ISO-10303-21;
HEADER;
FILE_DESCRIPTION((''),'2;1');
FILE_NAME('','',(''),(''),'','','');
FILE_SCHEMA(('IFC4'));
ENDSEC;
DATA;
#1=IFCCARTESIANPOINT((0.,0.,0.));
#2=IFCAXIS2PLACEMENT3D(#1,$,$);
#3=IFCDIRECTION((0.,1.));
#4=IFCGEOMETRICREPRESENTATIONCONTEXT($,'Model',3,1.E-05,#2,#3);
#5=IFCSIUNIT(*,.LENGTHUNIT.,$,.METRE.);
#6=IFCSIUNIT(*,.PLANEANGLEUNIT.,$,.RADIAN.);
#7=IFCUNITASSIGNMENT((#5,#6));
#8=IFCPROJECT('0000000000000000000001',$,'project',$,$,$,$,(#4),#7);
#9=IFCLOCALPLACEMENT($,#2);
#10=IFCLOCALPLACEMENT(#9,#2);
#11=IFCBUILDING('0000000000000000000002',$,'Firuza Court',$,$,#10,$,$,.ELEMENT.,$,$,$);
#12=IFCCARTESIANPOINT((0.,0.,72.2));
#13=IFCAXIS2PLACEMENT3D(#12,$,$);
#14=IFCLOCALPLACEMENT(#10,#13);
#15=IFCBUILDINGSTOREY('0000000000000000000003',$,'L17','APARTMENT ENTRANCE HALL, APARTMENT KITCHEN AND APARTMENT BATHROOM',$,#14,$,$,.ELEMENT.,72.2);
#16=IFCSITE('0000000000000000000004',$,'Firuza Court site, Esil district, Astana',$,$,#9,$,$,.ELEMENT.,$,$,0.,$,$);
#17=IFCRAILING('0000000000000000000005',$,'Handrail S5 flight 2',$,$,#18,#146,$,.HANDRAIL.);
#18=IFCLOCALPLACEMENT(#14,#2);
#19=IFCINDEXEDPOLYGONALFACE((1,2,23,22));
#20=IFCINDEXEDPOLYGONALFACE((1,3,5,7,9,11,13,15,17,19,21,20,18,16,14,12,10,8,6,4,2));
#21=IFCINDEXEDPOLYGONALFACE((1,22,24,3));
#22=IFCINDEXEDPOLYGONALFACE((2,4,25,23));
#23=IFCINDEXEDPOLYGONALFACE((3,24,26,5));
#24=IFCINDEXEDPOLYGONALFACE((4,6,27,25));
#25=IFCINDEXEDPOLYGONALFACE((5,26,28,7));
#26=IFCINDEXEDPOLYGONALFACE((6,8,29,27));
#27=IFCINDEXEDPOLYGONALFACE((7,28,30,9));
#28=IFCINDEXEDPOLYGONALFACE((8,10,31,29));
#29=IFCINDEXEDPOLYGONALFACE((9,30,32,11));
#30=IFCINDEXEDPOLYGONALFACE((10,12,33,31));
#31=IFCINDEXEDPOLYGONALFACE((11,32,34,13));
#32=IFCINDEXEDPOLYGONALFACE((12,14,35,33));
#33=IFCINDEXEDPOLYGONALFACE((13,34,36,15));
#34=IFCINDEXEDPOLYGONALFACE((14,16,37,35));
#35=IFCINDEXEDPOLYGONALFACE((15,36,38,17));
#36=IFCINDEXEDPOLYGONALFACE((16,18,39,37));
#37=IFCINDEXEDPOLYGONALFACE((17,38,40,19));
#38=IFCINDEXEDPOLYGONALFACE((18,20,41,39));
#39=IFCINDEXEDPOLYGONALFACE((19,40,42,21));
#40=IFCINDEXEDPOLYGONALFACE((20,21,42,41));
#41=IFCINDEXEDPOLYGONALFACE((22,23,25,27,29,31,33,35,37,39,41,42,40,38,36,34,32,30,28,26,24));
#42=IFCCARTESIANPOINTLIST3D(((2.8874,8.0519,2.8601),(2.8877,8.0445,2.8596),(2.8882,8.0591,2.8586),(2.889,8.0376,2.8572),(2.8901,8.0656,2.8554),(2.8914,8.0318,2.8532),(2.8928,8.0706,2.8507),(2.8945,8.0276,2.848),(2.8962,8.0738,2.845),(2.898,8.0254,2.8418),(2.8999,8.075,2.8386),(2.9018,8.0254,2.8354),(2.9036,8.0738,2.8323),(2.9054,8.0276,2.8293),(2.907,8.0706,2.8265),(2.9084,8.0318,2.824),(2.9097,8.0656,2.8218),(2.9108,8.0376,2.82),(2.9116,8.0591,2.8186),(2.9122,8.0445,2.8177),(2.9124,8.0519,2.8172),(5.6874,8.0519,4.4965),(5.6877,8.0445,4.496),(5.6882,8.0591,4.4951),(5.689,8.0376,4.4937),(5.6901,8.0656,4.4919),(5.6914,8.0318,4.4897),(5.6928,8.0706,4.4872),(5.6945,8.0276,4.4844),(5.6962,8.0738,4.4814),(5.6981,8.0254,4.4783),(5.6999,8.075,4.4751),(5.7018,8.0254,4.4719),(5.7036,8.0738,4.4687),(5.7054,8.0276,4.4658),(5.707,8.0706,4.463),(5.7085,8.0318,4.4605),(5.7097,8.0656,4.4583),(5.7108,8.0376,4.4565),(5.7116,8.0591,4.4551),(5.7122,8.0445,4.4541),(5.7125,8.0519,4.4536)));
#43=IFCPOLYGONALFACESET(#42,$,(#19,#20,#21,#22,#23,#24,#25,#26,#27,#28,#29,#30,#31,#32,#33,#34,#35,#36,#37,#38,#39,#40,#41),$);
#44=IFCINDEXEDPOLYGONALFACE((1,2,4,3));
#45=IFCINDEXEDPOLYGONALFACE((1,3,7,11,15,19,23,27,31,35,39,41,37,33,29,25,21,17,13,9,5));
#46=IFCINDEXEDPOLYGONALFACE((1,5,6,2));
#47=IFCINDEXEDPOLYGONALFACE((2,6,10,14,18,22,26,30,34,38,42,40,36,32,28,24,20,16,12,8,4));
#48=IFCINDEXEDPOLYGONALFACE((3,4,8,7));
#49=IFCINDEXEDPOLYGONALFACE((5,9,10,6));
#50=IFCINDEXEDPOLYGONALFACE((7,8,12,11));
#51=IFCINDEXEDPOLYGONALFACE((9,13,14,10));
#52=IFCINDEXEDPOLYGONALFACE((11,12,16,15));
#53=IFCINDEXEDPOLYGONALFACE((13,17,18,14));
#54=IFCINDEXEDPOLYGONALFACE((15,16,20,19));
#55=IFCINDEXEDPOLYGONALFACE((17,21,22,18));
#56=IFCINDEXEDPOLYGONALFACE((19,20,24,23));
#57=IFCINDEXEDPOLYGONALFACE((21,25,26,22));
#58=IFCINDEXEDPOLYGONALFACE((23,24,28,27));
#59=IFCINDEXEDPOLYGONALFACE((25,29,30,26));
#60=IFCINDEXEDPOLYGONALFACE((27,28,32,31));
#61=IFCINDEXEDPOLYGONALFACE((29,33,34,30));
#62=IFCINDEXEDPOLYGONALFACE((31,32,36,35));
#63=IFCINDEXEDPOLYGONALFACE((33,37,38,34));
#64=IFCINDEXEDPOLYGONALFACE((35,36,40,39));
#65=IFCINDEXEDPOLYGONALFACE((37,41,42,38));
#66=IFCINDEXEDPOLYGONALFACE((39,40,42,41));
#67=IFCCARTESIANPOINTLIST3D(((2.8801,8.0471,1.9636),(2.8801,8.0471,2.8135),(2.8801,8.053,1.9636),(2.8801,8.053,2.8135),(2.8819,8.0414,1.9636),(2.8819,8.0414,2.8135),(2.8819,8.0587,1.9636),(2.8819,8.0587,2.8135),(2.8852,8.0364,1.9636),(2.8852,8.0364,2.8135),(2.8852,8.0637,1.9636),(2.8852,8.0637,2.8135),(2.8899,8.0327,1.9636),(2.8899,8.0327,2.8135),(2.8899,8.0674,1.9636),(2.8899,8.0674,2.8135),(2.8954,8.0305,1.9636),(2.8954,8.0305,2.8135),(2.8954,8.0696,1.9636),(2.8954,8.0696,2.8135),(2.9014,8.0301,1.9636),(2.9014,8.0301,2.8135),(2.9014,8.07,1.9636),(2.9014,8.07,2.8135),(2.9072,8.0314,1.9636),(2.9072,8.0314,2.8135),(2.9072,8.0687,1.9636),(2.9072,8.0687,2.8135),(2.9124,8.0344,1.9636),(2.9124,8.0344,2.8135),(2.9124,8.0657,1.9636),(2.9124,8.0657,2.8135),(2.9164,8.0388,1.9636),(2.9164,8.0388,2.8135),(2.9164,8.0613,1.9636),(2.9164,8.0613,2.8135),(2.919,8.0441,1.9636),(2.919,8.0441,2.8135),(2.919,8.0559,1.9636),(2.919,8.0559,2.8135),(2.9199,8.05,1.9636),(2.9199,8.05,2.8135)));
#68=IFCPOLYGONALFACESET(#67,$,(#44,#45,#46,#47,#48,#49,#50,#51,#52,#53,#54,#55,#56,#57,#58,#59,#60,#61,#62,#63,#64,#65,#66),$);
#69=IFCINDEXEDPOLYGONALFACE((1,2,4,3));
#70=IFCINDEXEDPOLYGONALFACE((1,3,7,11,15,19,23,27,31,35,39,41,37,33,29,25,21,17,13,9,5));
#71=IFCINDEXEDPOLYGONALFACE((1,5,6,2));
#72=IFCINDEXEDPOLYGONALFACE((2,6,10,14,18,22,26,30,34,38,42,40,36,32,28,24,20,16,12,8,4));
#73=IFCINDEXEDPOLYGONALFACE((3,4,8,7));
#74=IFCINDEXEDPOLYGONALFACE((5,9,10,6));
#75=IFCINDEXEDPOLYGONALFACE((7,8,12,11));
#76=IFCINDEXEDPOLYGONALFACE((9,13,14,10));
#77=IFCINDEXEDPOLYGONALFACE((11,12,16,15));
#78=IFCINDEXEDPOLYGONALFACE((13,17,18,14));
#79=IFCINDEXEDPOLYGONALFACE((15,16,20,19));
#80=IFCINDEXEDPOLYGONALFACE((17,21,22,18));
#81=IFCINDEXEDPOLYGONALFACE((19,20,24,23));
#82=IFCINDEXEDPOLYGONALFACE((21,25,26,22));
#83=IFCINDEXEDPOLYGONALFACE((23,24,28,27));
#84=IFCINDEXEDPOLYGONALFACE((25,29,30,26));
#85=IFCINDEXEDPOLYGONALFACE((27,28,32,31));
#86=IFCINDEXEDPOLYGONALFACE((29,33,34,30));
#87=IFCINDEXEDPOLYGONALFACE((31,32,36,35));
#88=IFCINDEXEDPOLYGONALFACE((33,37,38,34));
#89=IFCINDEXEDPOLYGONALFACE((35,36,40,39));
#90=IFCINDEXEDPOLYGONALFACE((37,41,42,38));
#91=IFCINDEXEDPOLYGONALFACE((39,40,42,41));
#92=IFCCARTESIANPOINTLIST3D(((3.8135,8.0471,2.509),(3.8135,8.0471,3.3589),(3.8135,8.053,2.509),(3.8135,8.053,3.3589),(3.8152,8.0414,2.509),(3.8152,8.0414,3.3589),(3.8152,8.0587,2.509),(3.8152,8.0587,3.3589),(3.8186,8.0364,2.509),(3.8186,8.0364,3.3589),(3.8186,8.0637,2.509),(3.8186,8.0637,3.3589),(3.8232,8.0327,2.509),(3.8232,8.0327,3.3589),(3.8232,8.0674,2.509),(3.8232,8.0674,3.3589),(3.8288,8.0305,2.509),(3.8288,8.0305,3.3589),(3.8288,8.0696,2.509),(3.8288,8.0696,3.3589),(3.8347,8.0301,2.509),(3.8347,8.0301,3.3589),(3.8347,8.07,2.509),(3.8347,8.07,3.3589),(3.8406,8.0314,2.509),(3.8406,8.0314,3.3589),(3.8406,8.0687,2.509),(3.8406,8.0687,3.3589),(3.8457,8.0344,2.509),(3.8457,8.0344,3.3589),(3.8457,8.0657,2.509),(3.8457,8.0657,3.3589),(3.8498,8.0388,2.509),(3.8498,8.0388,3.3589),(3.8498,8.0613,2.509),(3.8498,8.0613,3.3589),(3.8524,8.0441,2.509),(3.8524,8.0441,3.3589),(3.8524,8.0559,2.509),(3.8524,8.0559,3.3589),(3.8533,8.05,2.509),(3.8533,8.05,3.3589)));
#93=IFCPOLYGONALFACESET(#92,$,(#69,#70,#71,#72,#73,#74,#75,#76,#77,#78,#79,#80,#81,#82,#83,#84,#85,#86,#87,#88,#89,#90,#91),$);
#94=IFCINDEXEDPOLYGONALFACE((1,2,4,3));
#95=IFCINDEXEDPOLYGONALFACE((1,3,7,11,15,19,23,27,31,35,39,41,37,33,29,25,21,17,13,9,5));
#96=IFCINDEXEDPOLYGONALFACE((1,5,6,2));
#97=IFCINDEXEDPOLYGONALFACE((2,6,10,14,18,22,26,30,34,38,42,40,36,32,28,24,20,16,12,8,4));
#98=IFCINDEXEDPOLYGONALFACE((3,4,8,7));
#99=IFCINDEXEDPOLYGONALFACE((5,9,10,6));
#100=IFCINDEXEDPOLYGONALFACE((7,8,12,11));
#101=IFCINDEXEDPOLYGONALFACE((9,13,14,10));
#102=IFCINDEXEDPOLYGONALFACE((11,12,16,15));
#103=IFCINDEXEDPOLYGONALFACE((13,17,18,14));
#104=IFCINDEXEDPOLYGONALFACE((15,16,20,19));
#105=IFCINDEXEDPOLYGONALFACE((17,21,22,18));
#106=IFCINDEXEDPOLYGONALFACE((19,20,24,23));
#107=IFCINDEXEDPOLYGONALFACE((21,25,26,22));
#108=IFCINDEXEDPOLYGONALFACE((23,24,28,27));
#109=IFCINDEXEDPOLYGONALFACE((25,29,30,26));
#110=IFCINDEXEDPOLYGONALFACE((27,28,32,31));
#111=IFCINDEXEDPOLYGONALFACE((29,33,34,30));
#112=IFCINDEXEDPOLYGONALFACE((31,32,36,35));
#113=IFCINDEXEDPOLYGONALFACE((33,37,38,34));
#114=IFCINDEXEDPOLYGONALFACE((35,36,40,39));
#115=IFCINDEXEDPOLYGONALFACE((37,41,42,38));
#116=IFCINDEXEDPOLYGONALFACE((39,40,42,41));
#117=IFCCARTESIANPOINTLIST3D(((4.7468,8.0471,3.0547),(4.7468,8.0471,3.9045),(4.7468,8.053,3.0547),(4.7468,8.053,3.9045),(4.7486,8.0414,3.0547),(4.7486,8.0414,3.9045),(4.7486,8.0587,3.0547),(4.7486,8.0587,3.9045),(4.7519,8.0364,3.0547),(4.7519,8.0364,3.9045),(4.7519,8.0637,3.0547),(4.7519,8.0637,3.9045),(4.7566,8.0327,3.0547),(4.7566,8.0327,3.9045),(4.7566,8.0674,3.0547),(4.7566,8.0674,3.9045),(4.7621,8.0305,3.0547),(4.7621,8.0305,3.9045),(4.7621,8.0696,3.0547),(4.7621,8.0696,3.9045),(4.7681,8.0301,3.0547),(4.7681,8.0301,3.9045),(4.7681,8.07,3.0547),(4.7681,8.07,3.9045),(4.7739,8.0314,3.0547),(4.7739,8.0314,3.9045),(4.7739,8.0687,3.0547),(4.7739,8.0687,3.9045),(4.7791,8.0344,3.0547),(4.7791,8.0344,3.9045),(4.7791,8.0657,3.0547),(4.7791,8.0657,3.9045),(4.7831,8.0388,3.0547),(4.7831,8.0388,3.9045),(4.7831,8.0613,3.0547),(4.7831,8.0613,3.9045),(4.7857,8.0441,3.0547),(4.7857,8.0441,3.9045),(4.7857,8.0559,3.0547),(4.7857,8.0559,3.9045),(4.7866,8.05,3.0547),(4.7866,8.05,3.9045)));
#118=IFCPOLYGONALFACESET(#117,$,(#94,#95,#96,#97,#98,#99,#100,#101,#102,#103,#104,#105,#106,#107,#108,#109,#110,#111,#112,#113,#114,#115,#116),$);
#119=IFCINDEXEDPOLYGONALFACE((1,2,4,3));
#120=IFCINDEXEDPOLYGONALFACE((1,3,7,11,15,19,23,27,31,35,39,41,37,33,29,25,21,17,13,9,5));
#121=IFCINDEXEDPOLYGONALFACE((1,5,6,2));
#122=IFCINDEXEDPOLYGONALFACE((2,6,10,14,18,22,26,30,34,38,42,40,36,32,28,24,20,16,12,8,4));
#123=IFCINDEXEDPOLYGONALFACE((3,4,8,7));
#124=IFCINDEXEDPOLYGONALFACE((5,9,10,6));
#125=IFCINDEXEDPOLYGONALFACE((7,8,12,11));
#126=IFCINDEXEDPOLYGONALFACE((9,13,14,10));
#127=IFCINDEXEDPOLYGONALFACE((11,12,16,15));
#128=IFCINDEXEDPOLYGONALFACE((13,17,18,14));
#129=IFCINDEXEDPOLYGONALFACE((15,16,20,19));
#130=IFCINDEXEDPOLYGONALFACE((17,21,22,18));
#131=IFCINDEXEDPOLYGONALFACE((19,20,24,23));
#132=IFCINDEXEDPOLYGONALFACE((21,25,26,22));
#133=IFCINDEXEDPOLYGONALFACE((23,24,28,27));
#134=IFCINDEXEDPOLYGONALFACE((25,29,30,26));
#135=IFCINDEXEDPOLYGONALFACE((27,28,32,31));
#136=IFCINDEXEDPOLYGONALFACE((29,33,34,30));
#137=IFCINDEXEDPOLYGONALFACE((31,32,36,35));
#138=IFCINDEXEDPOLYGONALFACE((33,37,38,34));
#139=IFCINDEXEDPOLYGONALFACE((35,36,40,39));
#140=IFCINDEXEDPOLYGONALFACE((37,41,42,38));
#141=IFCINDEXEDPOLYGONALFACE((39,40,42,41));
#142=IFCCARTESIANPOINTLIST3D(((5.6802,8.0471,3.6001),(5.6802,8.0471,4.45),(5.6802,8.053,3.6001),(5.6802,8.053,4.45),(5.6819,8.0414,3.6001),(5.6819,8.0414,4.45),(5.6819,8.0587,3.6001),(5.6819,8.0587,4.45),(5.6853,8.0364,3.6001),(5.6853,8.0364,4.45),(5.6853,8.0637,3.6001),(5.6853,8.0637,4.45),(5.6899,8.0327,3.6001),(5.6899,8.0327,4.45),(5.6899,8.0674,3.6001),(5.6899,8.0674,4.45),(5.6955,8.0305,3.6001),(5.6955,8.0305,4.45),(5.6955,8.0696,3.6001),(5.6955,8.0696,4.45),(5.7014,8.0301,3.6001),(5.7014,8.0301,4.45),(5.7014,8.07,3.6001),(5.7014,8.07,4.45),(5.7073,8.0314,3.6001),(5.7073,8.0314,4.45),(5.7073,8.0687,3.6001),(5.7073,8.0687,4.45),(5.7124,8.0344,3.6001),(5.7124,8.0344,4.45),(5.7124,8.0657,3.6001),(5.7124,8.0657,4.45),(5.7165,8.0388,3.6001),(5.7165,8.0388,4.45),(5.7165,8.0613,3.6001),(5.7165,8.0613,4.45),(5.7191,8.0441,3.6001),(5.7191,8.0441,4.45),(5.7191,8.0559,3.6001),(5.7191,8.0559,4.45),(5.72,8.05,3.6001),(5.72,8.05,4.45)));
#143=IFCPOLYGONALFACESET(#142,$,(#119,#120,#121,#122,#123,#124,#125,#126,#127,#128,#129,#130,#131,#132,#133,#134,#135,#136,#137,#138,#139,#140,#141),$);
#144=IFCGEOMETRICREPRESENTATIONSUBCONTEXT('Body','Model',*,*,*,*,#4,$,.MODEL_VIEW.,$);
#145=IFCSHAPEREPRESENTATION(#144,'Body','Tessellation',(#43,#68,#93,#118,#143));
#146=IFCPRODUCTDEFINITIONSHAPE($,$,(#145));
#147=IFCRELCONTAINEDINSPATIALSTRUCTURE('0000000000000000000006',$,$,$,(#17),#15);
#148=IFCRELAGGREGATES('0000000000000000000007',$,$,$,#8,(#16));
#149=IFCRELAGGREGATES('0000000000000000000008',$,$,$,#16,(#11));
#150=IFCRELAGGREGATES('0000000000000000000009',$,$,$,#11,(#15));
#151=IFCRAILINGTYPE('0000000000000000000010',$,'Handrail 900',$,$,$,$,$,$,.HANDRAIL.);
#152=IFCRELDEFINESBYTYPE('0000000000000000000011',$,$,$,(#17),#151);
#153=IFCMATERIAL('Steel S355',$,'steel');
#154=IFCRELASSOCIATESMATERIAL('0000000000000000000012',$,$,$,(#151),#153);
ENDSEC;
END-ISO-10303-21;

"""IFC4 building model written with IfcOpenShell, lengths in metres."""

from ifc_helpers import new_model, si_unit, direction, frame, origin, origin_2d, place, context, subcontext, project, spatial, circle, extrude, material, type_object, element, save


model = new_model("IFC4")

# Units and contexts
model_context = context("Model", 3, precision=1e-05, world=origin(), true_north=direction((0.0, 1.0)))
body_context = subcontext(model_context, "Body", "Model", "MODEL_VIEW")
ifc_project = project(units=[si_unit("LENGTHUNIT", "METRE"), si_unit("PLANEANGLEUNIT", "RADIAN")], contexts=[model_context])

# Site, building, storey
site_placement = place(None, origin())
site = spatial("IfcSite", under=ifc_project, at=site_placement, Name="Firuza Court site, Esil district, Astana", CompositionType="ELEMENT", RefElevation=0.0)
building_placement = place(site_placement, origin())
building = spatial("IfcBuilding", under=site, at=building_placement, Name="Firuza Court", CompositionType="ELEMENT")
storey_placement = place(building_placement, frame((0.0, 0.0, 72.2)))
storey = spatial("IfcBuildingStorey", under=building, at=storey_placement, Name="L17", Description="APARTMENT ENTRANCE HALL, APARTMENT KITCHEN AND APARTMENT BATHROOM", CompositionType="ELEMENT", Elevation=72.2)

# Railing
ifc_material_1 = material(Name="Steel S355", Category="steel")
railing_type_1 = type_object("IfcRailingType", Name="Handrail 900", PredefinedType="HANDRAIL", material=ifc_material_1)
railing_1_placement = place(storey_placement, frame((2.8999, 8.05, 1.9636)))
element("IfcRailing", 1, at=railing_1_placement, inside=storey, type_object=railing_type_1, Name="Handrail S5 flight 2", PredefinedType="HANDRAIL", context=body_context, shape_type="SweptSolid", body=[
    extrude(circle(Radius=0.0249, at=origin_2d()), frame((0.0, 0.0, 0.875), z_axis=(0.863361, 0.0, 0.504587), x_axis=(0.0, 1.0, 0.0)), (0.0, 0.0, 1.0), 3.2432),
    extrude(circle(Radius=0.02, at=origin_2d()), origin(), (0.0, 0.0, 1.0), 0.8499),
    extrude(circle(Radius=0.02, at=origin_2d()), frame((0.9333, 0.0, 0.5454)), (0.0, 0.0, 1.0), 0.8499),
    extrude(circle(Radius=0.02, at=origin_2d()), frame((1.8667, 0.0, 1.0911)), (0.0, 0.0, 1.0), 0.8499),
    extrude(circle(Radius=0.02, at=origin_2d()), frame((2.8, 0.0, 1.6365)), (0.0, 0.0, 1.0), 0.8499),
])

save(model, "model.ifc")
